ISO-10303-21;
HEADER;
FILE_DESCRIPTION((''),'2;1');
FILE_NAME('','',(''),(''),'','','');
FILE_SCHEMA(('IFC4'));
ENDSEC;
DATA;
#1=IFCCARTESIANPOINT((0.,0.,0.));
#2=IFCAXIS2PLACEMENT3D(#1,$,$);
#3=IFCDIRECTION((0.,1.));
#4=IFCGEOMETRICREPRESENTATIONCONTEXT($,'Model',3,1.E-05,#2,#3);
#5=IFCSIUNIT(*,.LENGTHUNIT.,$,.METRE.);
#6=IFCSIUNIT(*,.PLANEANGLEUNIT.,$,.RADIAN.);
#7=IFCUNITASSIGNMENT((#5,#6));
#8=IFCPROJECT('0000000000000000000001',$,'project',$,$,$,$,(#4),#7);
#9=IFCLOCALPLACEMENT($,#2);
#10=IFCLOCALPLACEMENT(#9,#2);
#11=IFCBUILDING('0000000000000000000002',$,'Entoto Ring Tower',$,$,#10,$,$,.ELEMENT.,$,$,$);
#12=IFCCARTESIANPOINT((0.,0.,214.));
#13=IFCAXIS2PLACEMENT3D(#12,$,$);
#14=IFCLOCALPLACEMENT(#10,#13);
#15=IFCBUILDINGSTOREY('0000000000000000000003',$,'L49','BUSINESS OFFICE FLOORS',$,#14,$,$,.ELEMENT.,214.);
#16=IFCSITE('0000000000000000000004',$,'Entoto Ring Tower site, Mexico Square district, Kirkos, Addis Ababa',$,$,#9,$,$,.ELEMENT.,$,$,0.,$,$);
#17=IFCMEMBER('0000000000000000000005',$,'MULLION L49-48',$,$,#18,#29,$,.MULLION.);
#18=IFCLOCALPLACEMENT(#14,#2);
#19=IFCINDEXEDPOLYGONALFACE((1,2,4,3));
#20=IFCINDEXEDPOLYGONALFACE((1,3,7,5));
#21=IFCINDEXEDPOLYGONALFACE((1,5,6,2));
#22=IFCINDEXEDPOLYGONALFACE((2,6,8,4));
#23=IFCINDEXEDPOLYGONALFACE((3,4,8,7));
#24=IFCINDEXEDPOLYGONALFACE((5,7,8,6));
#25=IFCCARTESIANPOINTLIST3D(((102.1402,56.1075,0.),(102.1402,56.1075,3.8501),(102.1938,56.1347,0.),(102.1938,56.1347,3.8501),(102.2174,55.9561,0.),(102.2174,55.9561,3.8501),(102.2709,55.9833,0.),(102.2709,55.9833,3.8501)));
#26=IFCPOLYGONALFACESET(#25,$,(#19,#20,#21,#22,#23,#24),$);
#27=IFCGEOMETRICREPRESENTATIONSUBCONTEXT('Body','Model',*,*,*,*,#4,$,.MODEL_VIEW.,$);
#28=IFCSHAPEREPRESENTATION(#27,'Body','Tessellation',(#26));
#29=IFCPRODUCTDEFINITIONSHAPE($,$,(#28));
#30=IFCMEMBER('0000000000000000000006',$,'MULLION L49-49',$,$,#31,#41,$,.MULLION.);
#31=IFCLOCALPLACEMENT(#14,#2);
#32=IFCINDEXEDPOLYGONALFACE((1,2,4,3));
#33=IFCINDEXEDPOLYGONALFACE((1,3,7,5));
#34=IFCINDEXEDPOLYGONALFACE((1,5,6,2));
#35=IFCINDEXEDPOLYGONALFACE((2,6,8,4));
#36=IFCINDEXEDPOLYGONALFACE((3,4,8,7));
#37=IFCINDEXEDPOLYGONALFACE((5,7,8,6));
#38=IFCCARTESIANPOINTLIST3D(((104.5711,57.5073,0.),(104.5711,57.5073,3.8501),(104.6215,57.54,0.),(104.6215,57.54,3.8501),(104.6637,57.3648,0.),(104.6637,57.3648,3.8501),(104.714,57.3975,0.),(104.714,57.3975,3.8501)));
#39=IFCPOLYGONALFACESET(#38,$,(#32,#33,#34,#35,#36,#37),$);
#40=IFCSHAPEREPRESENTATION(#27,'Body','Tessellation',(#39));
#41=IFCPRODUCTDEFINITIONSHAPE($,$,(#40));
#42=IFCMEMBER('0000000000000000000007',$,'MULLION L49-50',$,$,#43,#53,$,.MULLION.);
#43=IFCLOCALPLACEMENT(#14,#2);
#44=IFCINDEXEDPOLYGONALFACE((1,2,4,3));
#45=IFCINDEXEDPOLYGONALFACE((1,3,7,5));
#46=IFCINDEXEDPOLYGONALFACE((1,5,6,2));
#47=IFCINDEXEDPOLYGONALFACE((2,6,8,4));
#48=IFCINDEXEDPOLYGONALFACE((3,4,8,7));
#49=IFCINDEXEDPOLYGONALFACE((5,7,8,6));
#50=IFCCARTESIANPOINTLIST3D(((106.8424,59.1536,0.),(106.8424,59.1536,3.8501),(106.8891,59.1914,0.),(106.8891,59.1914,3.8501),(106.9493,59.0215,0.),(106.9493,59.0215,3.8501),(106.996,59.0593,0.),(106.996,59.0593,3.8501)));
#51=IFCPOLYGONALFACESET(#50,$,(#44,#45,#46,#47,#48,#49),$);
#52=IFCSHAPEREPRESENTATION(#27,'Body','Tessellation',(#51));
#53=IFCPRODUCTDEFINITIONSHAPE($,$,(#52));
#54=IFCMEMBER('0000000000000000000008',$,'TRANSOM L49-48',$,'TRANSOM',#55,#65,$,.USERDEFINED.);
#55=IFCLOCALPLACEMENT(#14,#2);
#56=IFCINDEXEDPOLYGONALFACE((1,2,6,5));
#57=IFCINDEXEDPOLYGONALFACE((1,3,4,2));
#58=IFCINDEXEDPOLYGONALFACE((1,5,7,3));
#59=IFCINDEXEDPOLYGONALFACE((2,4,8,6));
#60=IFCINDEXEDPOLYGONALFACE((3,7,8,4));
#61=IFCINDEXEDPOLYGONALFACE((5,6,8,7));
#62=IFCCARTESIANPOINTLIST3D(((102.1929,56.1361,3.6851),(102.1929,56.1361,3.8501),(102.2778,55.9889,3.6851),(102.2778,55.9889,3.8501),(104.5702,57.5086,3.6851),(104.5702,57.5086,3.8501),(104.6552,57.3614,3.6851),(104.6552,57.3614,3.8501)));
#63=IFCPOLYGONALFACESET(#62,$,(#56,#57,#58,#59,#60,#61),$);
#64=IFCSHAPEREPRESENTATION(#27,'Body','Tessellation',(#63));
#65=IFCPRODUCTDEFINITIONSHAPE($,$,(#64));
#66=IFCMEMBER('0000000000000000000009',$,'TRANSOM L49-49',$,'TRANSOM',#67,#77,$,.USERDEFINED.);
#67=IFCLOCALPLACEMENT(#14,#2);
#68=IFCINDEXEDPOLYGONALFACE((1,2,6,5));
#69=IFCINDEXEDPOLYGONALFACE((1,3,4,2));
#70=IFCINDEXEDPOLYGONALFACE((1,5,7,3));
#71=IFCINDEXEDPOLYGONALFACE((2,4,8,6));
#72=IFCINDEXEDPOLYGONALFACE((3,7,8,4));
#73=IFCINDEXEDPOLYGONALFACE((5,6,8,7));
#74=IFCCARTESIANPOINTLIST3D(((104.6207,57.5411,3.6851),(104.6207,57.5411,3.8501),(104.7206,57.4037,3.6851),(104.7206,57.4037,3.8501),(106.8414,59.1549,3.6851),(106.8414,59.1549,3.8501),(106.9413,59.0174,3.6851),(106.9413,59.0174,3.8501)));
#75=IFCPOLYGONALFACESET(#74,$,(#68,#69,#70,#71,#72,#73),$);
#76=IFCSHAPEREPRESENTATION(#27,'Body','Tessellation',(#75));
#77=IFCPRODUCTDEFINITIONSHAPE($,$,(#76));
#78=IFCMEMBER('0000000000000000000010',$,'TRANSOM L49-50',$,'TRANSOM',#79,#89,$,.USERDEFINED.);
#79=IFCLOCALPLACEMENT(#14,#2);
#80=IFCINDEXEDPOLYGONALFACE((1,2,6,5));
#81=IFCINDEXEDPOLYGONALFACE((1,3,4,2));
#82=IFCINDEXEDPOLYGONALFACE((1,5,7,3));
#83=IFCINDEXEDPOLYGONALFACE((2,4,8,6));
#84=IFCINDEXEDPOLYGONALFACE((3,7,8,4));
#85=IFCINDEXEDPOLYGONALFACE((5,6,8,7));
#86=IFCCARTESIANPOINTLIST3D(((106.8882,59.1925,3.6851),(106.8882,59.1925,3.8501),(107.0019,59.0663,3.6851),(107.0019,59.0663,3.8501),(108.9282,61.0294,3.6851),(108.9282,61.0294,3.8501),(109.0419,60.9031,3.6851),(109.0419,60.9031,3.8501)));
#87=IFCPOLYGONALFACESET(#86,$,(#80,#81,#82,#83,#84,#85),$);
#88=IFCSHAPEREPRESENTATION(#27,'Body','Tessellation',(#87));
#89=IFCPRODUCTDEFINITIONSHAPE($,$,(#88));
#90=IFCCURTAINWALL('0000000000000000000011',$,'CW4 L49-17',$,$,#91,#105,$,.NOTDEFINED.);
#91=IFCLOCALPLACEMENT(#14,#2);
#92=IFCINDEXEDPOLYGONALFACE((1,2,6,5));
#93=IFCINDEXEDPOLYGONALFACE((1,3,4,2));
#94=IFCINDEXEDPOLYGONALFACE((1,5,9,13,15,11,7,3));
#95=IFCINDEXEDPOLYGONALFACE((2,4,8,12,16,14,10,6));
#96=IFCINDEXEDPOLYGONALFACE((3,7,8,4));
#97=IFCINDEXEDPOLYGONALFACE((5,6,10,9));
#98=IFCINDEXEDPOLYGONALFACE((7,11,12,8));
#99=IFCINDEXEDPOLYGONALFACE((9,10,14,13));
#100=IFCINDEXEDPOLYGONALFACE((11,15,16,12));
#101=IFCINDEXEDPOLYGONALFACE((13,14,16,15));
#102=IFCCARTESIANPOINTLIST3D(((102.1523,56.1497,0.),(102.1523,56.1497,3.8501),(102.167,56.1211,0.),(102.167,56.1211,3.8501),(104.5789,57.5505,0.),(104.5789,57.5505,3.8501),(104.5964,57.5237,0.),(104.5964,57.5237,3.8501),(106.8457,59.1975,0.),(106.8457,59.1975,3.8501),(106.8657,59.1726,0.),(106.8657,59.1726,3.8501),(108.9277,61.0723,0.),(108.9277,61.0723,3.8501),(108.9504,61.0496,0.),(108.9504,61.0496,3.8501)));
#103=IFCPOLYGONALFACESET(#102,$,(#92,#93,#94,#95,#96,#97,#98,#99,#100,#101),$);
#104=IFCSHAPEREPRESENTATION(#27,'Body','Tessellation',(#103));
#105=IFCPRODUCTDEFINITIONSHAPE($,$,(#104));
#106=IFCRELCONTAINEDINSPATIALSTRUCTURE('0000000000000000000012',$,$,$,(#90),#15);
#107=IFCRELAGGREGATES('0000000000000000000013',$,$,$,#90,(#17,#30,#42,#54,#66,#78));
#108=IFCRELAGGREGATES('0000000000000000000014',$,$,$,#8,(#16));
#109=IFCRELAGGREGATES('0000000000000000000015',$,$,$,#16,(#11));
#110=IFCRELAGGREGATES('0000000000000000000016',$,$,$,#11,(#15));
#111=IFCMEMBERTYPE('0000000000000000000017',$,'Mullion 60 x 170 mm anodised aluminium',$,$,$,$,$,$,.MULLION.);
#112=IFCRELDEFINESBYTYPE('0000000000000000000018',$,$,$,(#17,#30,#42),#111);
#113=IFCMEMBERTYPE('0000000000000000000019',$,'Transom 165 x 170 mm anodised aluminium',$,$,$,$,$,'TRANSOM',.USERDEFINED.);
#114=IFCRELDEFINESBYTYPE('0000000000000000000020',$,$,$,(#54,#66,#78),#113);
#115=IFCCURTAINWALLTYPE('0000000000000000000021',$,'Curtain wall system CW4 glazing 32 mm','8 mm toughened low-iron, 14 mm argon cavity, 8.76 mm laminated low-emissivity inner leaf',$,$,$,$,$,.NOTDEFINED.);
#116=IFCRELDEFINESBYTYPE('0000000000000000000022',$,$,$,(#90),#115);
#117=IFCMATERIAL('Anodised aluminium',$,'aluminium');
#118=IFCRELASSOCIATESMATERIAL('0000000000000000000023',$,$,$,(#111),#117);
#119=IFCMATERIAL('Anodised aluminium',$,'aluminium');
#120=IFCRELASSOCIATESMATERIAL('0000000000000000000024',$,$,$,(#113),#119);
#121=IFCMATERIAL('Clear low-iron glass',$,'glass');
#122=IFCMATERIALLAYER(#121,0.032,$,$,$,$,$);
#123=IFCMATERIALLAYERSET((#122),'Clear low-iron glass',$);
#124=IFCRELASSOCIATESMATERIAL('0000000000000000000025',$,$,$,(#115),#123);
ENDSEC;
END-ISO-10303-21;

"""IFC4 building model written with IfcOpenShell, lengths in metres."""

from ifc_helpers import new_model, si_unit, direction, frame, origin, origin_2d, place, context, subcontext, project, spatial, polyline, rectangle, outline, extrude, material, layer, layer_set, material_profile, profile_set, type_object, element, aggregate, save


model = new_model("IFC4")

# Units and contexts
model_context = context("Model", 3, precision=1e-05, world=origin(), true_north=direction((0.0, 1.0)))
body_context = subcontext(model_context, "Body", "Model", "MODEL_VIEW")
ifc_project = project(units=[si_unit("LENGTHUNIT", "METRE"), si_unit("PLANEANGLEUNIT", "RADIAN")], contexts=[model_context])

# Members
ifc_material_1 = material(Name="Anodised aluminium", Category="aluminium")
ifc_material_profile_1 = material_profile(ifc_material_1, rectangle(XDim=0.0601, YDim=0.1699, at=origin_2d()), Name="Mullion 60 x 170 mm anodised aluminium")
ifc_profile_set_1 = profile_set([ifc_material_profile_1], Name="Anodised aluminium")
member_type_1 = type_object("IfcMemberType", Name="Mullion 60 x 170 mm anodised aluminium", PredefinedType="MULLION", material=ifc_profile_set_1)
site_placement = place(None, origin())
building_placement = place(site_placement, origin())
storey_placement = place(building_placement, frame((0.0, 0.0, 214.0)))
member_1_placement = place(storey_placement, frame((102.2056, 56.0454, 0.0), z_axis=(0.0, 0.0, 1.0), x_axis=(0.891007, 0.45399, 0.0)))
member_1 = element("IfcMember", 1, at=member_1_placement, type_object=member_type_1, Name="MULLION L49-48", PredefinedType="MULLION", context=body_context, shape_type="SweptSolid", body=[
    extrude(rectangle(XDim=0.0601, YDim=0.1699, at=origin_2d()), origin(), (0.0, 0.0, 1.0), 3.8501),
])
member_2_placement = place(storey_placement, frame((104.6426, 57.4524, 0.0), z_axis=(0.0, 0.0, 1.0), x_axis=(0.838671, 0.544639, 0.0)))
member_2 = element("IfcMember", 2, at=member_2_placement, type_object=member_type_1, Name="MULLION L49-49", PredefinedType="MULLION", context=body_context, shape_type="SweptSolid", body=[
    extrude(rectangle(XDim=0.0601, YDim=0.1699, at=origin_2d()), origin(), (0.0, 0.0, 1.0), 3.8501),
])
member_3_placement = place(storey_placement, frame((106.9192, 59.1064, 0.0), z_axis=(0.0, 0.0, 1.0), x_axis=(0.777146, 0.62932, 0.0)))
member_3 = element("IfcMember", 3, at=member_3_placement, type_object=member_type_1, Name="MULLION L49-50", PredefinedType="MULLION", context=body_context, shape_type="SweptSolid", body=[
    extrude(rectangle(XDim=0.0601, YDim=0.1699, at=origin_2d()), origin(), (0.0, 0.0, 1.0), 3.8501),
])
ifc_material_2 = material(Name="Anodised aluminium", Category="aluminium")
ifc_material_profile_2 = material_profile(ifc_material_2, rectangle(XDim=0.1699, YDim=0.165, at=origin_2d()), Name="Transom 165 x 170 mm anodised aluminium")
ifc_profile_set_2 = profile_set([ifc_material_profile_2], Name="Anodised aluminium")
member_type_2 = type_object("IfcMemberType", Name="Transom 165 x 170 mm anodised aluminium", ElementType="TRANSOM", PredefinedType="USERDEFINED", material=ifc_profile_set_2)
member_4_placement = place(storey_placement, frame((102.2354, 56.0625, 3.7676), z_axis=(0.866035, 0.499984, 0.0), x_axis=(-0.499984, 0.866035, 0.0)))
member_4 = element("IfcMember", 4, at=member_4_placement, type_object=member_type_2, Name="TRANSOM L49-48", ObjectType="TRANSOM", PredefinedType="USERDEFINED", context=body_context, shape_type="SweptSolid", body=[
    extrude(rectangle(XDim=0.1699, YDim=0.165, at=origin_2d()), origin(), (0.0, 0.0, 1.0), 2.7451),
])
member_5_placement = place(storey_placement, frame((104.6707, 57.4724, 3.7676), z_axis=(0.808959, 0.587865, 0.0), x_axis=(-0.587865, 0.808959, 0.0)))
member_5 = element("IfcMember", 5, at=member_5_placement, type_object=member_type_2, Name="TRANSOM L49-49", ObjectType="TRANSOM", PredefinedType="USERDEFINED", context=body_context, shape_type="SweptSolid", body=[
    extrude(rectangle(XDim=0.1699, YDim=0.165, at=origin_2d()), origin(), (0.0, 0.0, 1.0), 2.7451),
])
member_6_placement = place(storey_placement, frame((106.9451, 59.1294, 3.7676), z_axis=(0.743135, 0.669142, 0.0), x_axis=(-0.669142, 0.743135, 0.0)))
member_6 = element("IfcMember", 6, at=member_6_placement, type_object=member_type_2, Name="TRANSOM L49-50", ObjectType="TRANSOM", PredefinedType="USERDEFINED", context=body_context, shape_type="SweptSolid", body=[
    extrude(rectangle(XDim=0.1699, YDim=0.165, at=origin_2d()), origin(), (0.0, 0.0, 1.0), 2.7451),
])

# Site, building, storey
site = spatial("IfcSite", under=ifc_project, at=site_placement, Name="Entoto Ring Tower site, Mexico Square district, Kirkos, Addis Ababa", CompositionType="ELEMENT", RefElevation=0.0)
building = spatial("IfcBuilding", under=site, at=building_placement, Name="Entoto Ring Tower", CompositionType="ELEMENT")
storey = spatial("IfcBuildingStorey", under=building, at=storey_placement, Name="L49", Description="BUSINESS OFFICE FLOORS", CompositionType="ELEMENT", Elevation=214.0)

# Curtain wall
ifc_material_3 = material(Name="Clear low-iron glass", Category="glass")
ifc_layer_1 = layer(ifc_material_3, 0.032)
ifc_layer_set_1 = layer_set([ifc_layer_1], Name="Clear low-iron glass")
curtain_wall_type = type_object("IfcCurtainWallType", Name="Curtain wall system CW4 glazing 32 mm", Description="8 mm toughened low-iron, 14 mm argon cavity, 8.76 mm laminated low-emissivity inner leaf", PredefinedType="NOTDEFINED", material=ifc_layer_set_1)
curtain_wall_1_placement = place(storey_placement, origin())
curtain_wall_1 = element("IfcCurtainWall", 7, at=curtain_wall_1_placement, inside=storey, type_object=curtain_wall_type, Name="CW4 L49-17", PredefinedType="NOTDEFINED", context=body_context, shape_type="SweptSolid", body=[
    extrude(outline(polyline([(102.167, 56.1211), (104.5964, 57.5237), (106.8657, 59.1726), (108.9504, 61.0496), (108.9277, 61.0723), (106.8457, 59.1975), (104.5789, 57.5505), (102.1523, 56.1497), (102.167, 56.1211)])), origin(), (0.0, 0.0, 1.0), 3.8501),
])
aggregate(curtain_wall_1, [member_1, member_2, member_3, member_4, member_5, member_6])

save(model, "model.ifc")
